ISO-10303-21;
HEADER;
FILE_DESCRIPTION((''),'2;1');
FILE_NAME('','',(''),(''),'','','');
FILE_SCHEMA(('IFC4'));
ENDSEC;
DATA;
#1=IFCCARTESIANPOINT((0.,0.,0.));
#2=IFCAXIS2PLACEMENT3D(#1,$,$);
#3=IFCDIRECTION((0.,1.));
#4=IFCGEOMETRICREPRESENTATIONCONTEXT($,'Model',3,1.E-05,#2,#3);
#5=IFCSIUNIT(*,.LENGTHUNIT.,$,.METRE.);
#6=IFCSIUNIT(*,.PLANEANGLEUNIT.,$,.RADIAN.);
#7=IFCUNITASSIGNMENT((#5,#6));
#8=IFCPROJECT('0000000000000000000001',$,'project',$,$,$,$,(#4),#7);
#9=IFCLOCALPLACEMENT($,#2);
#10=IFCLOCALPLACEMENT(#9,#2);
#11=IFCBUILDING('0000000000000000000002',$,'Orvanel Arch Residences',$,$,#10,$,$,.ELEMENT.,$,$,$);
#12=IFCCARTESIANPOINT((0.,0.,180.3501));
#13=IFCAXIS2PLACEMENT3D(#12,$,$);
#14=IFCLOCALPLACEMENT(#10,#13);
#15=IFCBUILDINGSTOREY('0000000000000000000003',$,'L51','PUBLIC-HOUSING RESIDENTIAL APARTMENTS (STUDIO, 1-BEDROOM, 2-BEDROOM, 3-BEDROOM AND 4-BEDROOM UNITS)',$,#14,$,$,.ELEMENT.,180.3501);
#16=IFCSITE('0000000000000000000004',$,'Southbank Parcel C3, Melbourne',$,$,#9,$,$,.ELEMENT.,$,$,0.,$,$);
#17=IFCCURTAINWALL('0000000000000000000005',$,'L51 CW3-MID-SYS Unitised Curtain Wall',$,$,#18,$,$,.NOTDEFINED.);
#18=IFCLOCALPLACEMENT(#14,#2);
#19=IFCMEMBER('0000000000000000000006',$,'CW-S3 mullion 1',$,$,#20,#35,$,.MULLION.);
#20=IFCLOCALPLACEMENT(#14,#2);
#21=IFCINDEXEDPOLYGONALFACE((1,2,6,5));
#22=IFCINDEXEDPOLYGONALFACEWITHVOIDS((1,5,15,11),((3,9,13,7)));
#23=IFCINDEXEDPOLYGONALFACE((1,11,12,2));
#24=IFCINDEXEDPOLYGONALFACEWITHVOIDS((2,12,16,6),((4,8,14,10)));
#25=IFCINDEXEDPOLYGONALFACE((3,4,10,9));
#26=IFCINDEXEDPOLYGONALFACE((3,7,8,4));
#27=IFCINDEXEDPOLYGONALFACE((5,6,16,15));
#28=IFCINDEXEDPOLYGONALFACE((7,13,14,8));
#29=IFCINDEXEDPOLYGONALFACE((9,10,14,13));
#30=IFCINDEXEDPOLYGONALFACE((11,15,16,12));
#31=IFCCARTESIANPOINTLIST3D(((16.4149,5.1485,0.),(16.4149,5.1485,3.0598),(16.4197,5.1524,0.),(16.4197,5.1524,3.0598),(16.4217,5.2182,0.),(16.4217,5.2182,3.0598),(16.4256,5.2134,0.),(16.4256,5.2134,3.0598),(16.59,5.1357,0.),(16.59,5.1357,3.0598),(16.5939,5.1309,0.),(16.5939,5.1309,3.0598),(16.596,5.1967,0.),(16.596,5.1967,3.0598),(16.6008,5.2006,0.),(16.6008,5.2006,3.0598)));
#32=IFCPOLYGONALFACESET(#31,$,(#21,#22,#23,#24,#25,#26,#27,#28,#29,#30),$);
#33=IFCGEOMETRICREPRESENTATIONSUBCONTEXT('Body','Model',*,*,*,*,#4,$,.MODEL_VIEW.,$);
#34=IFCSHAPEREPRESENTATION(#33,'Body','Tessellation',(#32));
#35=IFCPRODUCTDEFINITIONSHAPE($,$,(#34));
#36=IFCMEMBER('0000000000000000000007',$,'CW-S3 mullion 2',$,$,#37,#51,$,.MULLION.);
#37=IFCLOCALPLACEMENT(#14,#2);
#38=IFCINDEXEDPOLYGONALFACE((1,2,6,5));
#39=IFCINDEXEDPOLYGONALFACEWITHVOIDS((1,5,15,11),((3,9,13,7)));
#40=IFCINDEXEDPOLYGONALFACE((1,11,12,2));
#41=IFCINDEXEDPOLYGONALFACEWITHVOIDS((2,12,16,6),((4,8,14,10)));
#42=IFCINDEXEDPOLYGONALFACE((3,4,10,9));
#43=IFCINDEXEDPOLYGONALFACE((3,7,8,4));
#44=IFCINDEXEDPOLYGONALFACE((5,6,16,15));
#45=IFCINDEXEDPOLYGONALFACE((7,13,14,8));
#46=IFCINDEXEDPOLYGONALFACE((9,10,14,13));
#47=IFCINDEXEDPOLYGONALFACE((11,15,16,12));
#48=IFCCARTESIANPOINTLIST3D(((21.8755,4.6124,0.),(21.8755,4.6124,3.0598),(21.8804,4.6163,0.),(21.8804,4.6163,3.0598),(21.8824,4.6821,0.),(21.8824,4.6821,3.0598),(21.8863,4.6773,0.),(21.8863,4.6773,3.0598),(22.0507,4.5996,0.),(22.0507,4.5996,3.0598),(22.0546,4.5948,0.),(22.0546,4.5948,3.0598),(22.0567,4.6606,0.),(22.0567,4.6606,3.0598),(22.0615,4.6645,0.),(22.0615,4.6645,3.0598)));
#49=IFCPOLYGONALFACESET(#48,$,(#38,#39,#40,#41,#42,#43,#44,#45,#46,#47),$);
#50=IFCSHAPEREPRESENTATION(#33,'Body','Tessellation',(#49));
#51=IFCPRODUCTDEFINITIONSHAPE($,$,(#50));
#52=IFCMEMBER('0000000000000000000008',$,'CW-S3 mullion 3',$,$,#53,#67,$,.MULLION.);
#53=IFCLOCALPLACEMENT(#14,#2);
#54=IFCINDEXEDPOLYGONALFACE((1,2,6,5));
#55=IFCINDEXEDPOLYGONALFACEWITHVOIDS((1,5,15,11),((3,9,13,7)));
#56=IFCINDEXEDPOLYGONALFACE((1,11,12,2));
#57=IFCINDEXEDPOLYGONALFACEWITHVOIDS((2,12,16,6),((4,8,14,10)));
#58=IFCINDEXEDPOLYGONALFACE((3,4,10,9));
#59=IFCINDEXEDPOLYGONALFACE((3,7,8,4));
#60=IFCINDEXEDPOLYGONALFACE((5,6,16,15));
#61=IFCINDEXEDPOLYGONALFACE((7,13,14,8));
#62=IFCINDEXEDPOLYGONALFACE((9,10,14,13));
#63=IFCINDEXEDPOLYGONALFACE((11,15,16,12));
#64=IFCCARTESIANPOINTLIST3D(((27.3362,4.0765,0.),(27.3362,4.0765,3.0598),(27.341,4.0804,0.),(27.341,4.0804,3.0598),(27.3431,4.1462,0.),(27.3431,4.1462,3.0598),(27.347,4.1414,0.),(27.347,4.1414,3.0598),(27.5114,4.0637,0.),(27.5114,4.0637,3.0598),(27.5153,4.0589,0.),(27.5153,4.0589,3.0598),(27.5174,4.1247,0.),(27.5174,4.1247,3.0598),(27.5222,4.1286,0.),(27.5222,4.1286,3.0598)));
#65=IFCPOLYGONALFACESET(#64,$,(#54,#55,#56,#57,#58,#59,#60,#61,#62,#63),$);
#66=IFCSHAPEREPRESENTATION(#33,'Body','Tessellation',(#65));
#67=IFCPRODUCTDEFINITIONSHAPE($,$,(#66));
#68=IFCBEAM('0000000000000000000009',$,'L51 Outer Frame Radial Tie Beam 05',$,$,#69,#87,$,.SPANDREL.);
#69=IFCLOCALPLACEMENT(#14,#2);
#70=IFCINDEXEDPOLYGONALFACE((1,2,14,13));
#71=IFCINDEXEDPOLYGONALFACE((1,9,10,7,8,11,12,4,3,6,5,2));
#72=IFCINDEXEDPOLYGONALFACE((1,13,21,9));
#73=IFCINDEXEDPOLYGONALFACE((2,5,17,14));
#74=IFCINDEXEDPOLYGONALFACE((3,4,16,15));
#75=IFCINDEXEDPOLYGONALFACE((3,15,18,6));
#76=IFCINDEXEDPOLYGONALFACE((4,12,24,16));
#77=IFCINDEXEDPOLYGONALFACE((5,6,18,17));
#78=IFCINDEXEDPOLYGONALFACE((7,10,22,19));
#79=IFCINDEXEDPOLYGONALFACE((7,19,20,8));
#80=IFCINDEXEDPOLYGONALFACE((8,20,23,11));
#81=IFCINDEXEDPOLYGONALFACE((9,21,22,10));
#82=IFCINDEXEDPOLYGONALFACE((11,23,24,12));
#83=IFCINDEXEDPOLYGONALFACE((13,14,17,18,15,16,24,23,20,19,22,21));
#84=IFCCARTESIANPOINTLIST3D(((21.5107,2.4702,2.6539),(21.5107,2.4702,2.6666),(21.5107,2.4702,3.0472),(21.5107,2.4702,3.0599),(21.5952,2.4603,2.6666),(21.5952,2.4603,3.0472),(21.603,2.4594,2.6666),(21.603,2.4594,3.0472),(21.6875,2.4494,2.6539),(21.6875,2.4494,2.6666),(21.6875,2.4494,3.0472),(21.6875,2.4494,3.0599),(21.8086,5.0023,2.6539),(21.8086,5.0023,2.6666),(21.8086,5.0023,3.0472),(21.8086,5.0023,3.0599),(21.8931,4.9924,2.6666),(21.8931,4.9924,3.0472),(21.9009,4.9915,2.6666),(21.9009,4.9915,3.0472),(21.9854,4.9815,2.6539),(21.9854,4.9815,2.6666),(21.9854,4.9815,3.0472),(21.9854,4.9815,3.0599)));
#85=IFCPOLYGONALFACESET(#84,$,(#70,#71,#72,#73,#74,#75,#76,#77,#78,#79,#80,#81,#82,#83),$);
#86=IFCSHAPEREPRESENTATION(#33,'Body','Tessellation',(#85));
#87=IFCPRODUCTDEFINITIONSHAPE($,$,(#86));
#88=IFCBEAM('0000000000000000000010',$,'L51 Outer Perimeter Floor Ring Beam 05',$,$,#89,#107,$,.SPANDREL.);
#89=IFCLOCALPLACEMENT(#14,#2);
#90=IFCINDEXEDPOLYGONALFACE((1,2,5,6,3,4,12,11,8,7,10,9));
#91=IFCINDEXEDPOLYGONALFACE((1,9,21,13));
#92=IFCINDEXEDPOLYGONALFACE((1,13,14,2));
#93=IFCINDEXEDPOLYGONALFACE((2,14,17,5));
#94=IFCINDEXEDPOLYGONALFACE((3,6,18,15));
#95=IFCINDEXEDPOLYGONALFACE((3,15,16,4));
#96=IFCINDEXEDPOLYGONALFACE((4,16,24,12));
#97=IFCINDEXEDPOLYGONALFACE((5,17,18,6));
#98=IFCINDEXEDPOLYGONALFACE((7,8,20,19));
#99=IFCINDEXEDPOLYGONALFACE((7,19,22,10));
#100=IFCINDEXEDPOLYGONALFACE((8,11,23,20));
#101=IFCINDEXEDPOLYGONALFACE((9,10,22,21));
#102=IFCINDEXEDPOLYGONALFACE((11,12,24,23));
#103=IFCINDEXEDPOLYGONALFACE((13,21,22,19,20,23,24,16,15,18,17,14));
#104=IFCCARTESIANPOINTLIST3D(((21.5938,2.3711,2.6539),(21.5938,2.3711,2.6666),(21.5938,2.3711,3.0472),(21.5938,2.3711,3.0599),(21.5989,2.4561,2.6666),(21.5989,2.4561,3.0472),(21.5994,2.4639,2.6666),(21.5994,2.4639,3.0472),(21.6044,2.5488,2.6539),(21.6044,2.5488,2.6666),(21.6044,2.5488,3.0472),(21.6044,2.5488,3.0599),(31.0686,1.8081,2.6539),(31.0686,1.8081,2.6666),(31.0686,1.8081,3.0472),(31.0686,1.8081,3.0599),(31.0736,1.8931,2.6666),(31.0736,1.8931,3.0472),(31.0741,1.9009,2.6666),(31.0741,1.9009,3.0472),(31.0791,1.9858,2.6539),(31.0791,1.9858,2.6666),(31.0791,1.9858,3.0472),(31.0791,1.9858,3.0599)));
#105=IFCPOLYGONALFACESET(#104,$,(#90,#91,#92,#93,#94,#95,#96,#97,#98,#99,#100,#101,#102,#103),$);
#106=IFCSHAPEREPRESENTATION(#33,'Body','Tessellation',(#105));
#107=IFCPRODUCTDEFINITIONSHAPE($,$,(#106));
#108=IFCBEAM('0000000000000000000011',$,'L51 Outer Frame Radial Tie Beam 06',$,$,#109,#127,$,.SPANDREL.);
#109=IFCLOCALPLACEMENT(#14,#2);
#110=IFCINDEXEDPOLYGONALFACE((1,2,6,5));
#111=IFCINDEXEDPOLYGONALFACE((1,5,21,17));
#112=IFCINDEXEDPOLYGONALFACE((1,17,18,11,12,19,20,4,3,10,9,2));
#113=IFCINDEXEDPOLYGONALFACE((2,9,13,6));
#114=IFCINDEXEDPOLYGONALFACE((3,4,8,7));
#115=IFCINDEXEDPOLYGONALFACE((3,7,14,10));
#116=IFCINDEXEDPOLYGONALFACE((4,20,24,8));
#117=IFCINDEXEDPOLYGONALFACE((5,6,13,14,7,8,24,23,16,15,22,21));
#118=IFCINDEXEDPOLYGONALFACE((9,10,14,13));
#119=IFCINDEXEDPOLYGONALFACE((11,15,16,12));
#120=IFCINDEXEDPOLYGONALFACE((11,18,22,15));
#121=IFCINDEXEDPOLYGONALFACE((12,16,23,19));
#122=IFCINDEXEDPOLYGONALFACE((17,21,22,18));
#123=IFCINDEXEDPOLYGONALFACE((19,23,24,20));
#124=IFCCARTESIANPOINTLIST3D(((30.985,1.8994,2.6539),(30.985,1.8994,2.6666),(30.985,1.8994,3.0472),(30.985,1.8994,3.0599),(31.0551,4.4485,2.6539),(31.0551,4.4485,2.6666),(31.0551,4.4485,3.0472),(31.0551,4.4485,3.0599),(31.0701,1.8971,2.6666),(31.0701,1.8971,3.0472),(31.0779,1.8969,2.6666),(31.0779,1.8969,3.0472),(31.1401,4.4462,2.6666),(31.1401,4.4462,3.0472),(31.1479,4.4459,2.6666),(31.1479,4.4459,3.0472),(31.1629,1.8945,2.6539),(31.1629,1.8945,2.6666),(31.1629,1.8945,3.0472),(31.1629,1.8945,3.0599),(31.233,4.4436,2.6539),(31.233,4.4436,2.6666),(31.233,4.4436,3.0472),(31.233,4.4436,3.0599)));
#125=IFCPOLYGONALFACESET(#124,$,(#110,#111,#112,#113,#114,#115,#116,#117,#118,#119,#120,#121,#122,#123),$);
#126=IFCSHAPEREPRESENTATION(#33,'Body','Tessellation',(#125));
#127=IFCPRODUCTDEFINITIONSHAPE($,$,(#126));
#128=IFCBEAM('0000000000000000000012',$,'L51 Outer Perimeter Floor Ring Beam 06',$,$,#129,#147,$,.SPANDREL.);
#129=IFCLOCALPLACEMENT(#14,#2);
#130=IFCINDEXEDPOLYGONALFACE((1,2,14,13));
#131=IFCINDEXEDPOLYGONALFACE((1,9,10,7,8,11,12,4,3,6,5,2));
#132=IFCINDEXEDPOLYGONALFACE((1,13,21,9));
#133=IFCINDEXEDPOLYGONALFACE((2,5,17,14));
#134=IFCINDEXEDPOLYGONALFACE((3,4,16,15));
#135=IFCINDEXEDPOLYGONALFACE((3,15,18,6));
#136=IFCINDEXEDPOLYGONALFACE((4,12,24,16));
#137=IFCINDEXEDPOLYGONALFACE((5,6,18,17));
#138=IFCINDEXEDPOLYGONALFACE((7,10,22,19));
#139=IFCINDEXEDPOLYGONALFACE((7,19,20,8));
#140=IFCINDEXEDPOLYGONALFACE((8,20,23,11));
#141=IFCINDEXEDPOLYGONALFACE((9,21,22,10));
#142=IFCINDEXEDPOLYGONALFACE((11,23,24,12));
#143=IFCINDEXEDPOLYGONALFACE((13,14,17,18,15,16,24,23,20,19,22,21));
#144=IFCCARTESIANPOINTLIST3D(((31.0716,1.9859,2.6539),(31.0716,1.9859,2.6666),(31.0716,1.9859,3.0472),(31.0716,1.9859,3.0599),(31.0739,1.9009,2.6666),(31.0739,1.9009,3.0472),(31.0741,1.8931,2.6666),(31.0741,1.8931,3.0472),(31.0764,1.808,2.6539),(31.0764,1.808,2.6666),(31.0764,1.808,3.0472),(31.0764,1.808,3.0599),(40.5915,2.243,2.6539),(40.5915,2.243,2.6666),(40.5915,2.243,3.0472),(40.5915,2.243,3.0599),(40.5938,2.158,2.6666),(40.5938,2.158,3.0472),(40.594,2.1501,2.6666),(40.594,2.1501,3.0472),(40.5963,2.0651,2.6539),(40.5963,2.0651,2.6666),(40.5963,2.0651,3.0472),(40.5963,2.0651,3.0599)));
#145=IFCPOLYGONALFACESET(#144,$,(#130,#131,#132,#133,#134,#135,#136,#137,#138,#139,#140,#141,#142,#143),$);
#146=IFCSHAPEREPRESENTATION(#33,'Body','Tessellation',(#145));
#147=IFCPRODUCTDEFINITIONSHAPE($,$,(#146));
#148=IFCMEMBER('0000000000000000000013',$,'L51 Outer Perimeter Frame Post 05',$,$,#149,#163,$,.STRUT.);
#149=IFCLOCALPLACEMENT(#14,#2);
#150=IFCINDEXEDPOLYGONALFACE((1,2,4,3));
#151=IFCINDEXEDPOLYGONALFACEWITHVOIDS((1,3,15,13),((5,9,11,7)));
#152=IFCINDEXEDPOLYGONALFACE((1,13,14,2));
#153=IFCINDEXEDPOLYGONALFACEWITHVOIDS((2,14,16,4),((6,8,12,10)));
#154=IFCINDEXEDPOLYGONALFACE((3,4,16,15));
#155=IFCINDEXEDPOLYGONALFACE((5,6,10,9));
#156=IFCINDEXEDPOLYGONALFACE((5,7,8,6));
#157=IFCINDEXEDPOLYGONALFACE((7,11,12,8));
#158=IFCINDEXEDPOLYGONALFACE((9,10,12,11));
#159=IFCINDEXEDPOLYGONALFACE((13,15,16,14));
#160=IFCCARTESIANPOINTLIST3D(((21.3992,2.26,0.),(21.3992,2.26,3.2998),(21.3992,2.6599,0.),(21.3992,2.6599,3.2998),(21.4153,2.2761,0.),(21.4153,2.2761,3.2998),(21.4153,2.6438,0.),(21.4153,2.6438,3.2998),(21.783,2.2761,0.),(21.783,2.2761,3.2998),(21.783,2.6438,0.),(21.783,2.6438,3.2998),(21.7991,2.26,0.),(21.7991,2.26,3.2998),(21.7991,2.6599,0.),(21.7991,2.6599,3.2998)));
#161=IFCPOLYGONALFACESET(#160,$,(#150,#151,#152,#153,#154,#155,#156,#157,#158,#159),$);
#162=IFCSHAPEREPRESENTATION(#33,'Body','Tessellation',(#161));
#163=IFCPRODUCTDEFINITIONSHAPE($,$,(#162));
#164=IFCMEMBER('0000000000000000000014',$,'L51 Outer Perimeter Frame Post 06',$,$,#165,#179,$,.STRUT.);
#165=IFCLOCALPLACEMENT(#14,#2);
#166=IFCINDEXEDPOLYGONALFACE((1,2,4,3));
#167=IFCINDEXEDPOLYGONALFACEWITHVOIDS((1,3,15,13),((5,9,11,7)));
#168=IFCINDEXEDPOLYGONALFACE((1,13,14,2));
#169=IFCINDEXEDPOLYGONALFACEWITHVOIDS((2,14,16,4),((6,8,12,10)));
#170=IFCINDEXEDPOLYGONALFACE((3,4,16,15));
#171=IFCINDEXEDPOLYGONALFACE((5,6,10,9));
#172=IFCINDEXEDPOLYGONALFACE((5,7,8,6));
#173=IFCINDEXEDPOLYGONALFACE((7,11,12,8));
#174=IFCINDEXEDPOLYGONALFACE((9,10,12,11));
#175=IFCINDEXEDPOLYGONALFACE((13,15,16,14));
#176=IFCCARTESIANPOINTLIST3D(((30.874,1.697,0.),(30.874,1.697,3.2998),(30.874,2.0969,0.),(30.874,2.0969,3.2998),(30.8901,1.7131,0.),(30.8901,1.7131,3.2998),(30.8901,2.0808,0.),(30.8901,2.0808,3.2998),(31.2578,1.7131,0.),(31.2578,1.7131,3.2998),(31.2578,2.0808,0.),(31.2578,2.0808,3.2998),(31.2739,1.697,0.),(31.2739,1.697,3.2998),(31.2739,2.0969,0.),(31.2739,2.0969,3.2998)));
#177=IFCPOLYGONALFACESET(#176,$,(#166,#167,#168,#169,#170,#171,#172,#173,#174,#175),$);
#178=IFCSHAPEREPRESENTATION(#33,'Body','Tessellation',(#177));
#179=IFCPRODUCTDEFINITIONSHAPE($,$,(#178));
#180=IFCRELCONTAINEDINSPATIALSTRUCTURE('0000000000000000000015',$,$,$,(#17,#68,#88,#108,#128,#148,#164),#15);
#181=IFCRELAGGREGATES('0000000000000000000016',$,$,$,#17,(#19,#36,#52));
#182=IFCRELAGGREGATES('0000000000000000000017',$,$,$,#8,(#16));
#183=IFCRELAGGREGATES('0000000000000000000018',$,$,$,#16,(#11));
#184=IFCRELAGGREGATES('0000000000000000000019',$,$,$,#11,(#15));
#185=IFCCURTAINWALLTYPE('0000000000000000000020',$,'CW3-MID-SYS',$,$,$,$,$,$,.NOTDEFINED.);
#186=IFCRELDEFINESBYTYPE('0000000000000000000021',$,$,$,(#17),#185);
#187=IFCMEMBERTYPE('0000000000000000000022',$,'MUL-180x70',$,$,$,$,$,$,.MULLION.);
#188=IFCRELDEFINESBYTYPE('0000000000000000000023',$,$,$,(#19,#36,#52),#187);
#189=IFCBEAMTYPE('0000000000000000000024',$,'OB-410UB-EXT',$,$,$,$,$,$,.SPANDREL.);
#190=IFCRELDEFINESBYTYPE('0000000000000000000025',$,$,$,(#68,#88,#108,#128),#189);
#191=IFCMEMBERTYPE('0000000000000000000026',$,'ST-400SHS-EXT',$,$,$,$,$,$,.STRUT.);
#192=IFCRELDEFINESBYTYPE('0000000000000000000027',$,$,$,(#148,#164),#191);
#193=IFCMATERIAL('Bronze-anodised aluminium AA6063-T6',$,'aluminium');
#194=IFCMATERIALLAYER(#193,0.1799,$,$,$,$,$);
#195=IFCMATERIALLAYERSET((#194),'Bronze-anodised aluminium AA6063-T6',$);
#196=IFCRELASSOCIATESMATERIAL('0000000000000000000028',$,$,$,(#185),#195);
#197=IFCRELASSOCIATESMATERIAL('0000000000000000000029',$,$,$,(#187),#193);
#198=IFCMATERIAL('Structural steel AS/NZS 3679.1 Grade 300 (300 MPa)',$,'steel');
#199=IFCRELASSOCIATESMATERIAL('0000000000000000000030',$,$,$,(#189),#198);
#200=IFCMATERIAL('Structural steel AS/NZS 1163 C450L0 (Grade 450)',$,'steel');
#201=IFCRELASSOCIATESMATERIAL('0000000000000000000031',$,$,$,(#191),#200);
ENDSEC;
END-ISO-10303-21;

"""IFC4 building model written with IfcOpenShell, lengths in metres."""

from ifc_helpers import new_model, si_unit, direction, frame, origin, origin_2d, place, context, subcontext, project, spatial, hollow_rectangle, i_section, extrude, material, layer, layer_set, material_profile, profile_set, type_object, element, aggregate, save


model = new_model("IFC4")

# Units and contexts
model_context = context("Model", 3, precision=1e-05, world=origin(), true_north=direction((0.0, 1.0)))
body_context = subcontext(model_context, "Body", "Model", "MODEL_VIEW")
ifc_project = project(units=[si_unit("LENGTHUNIT", "METRE"), si_unit("PLANEANGLEUNIT", "RADIAN")], contexts=[model_context])

# Site, building, storey
site_placement = place(None, origin())
site = spatial("IfcSite", under=ifc_project, at=site_placement, Name="Southbank Parcel C3, Melbourne", CompositionType="ELEMENT", RefElevation=0.0)
building_placement = place(site_placement, origin())
building = spatial("IfcBuilding", under=site, at=building_placement, Name="Orvanel Arch Residences", CompositionType="ELEMENT")
storey_placement = place(building_placement, frame((0.0, 0.0, 180.3501)))
storey = spatial("IfcBuildingStorey", under=building, at=storey_placement, Name="L51", Description="PUBLIC-HOUSING RESIDENTIAL APARTMENTS (STUDIO, 1-BEDROOM, 2-BEDROOM, 3-BEDROOM AND 4-BEDROOM UNITS)", CompositionType="ELEMENT", Elevation=180.3501)

# Curtain wall, members
ifc_material_1 = material(Name="Bronze-anodised aluminium AA6063-T6", Category="aluminium")
ifc_layer_1 = layer(ifc_material_1, 0.1799)
ifc_layer_set_1 = layer_set([ifc_layer_1], Name="Bronze-anodised aluminium AA6063-T6")
curtain_wall_type = type_object("IfcCurtainWallType", Name="CW3-MID-SYS", PredefinedType="NOTDEFINED", material=ifc_layer_set_1)
curtain_wall_placement = place(storey_placement, origin())
curtain_wall = element("IfcCurtainWall", 1, at=curtain_wall_placement, inside=storey, type_object=curtain_wall_type, Name="L51 CW3-MID-SYS Unitised Curtain Wall", PredefinedType="NOTDEFINED")
ifc_material_profile_1 = material_profile(ifc_material_1, hollow_rectangle(XDim=0.0701, YDim=0.1799, WallThickness=0.0044, at=origin_2d()), Name="ALU180x70x4.5")
ifc_profile_set_1 = profile_set([ifc_material_profile_1], Name="Bronze-anodised aluminium AA6063-T6")
member_type_1 = type_object("IfcMemberType", Name="MUL-180x70", PredefinedType="MULLION", material=ifc_profile_set_1)
member_1_placement = place(storey_placement, frame((16.5078, 5.1746, 0.0), z_axis=(0.0, 0.0, 1.0), x_axis=(0.097702, 0.995216, 0.0)))
member_1 = element("IfcMember", 2, at=member_1_placement, type_object=member_type_1, Name="CW-S3 mullion 1", PredefinedType="MULLION", context=body_context, shape_type="SweptSolid", body=[
    extrude(hollow_rectangle(XDim=0.0701, YDim=0.1799, WallThickness=0.0044, at=origin_2d()), origin(), (0.0, 0.0, 1.0), 3.0598),
])
member_2_placement = place(storey_placement, frame((21.9685, 4.6384, 0.0), z_axis=(0.0, 0.0, 1.0), x_axis=(0.097702, 0.995216, 0.0)))
member_2 = element("IfcMember", 3, at=member_2_placement, type_object=member_type_1, Name="CW-S3 mullion 2", PredefinedType="MULLION", context=body_context, shape_type="SweptSolid", body=[
    extrude(hollow_rectangle(XDim=0.0701, YDim=0.1799, WallThickness=0.0044, at=origin_2d()), origin(), (0.0, 0.0, 1.0), 3.0598),
])
member_3_placement = place(storey_placement, frame((27.4292, 4.1025, 0.0), z_axis=(0.0, 0.0, 1.0), x_axis=(0.097702, 0.995216, 0.0)))
member_3 = element("IfcMember", 4, at=member_3_placement, type_object=member_type_1, Name="CW-S3 mullion 3", PredefinedType="MULLION", context=body_context, shape_type="SweptSolid", body=[
    extrude(hollow_rectangle(XDim=0.0701, YDim=0.1799, WallThickness=0.0044, at=origin_2d()), origin(), (0.0, 0.0, 1.0), 3.0598),
])

# Beams
ifc_material_2 = material(Name="Structural steel AS/NZS 3679.1 Grade 300 (300 MPa)", Category="steel")
ifc_material_profile_2 = material_profile(ifc_material_2, i_section(OverallWidth=0.178, OverallDepth=0.406, WebThickness=0.0078, FlangeThickness=0.0127, at=origin_2d()), Name="410UB59.7")
ifc_profile_set_2 = profile_set([ifc_material_profile_2], Name="Structural steel AS/NZS 3679.1 Grade 300 (300 MPa)")
beam_type = type_object("IfcBeamType", Name="OB-410UB-EXT", PredefinedType="SPANDREL", material=ifc_profile_set_2)
beam_1_placement = place(storey_placement, frame((21.897, 4.9919, 2.8569), z_axis=(-0.11683, -0.993152, 0.0), x_axis=(0.993152, -0.11683, 0.0)))
element("IfcBeam", 5, at=beam_1_placement, inside=storey, type_object=beam_type, Name="L51 Outer Frame Radial Tie Beam 05", PredefinedType="SPANDREL", context=body_context, shape_type="SweptSolid", body=[
    extrude(i_section(OverallWidth=0.178, OverallDepth=0.406, WebThickness=0.0078, FlangeThickness=0.0127, at=origin_2d()), origin(), (0.0, 0.0, 1.0), 2.5496),
])
beam_2_placement = place(storey_placement, frame((21.5991, 2.46, 2.8569), z_axis=(0.998239, -0.059315, 0.0), x_axis=(0.059315, 0.998239, 0.0)))
element("IfcBeam", 6, at=beam_2_placement, inside=storey, type_object=beam_type, Name="L51 Outer Perimeter Floor Ring Beam 05", PredefinedType="SPANDREL", context=body_context, shape_type="SweptSolid", body=[
    extrude(i_section(OverallWidth=0.178, OverallDepth=0.406, WebThickness=0.0078, FlangeThickness=0.0127, at=origin_2d()), origin(), (0.0, 0.0, 1.0), 9.4915),
])
beam_3_placement = place(storey_placement, frame((31.144, 4.446, 2.8569), z_axis=(-0.027477, -0.999622, 0.0), x_axis=(0.999622, -0.027477, 0.0)))
element("IfcBeam", 7, at=beam_3_placement, inside=storey, type_object=beam_type, Name="L51 Outer Frame Radial Tie Beam 06", PredefinedType="SPANDREL", context=body_context, shape_type="SweptSolid", body=[
    extrude(i_section(OverallWidth=0.178, OverallDepth=0.406, WebThickness=0.0078, FlangeThickness=0.0127, at=origin_2d()), origin(), (0.0, 0.0, 1.0), 2.55),
])
beam_4_placement = place(storey_placement, frame((31.074, 1.897, 2.8569), z_axis=(0.999636, 0.026994, 0.0), x_axis=(-0.026994, 0.999636, 0.0)))
element("IfcBeam", 8, at=beam_4_placement, inside=storey, type_object=beam_type, Name="L51 Outer Perimeter Floor Ring Beam 06", PredefinedType="SPANDREL", context=body_context, shape_type="SweptSolid", body=[
    extrude(i_section(OverallWidth=0.178, OverallDepth=0.406, WebThickness=0.0078, FlangeThickness=0.0127, at=origin_2d()), origin(), (0.0, 0.0, 1.0), 9.5234),
])

# Members
ifc_material_3 = material(Name="Structural steel AS/NZS 1163 C450L0 (Grade 450)", Category="steel")
ifc_material_profile_3 = material_profile(ifc_material_3, hollow_rectangle(XDim=0.3999, YDim=0.3999, WallThickness=0.0161, at=origin_2d()), Name="SHS400x400x16")
ifc_profile_set_3 = profile_set([ifc_material_profile_3], Name="Structural steel AS/NZS 1163 C450L0 (Grade 450)")
member_type_2 = type_object("IfcMemberType", Name="ST-400SHS-EXT", PredefinedType="STRUT", material=ifc_profile_set_3)
for number, where, z_axis, x_axis, name in (
    (9, (21.5991, 2.46, 0.0), (0.0, 0.0, 1.0), (1.0, 0.0, 0.0), "L51 Outer Perimeter Frame Post 05"),
    (10, (31.074, 1.897, 0.0), (0.0, 0.0, 1.0), (1.0, 0.0, 0.0), "L51 Outer Perimeter Frame Post 06"),
):
    element("IfcMember", number, at=place(storey_placement, frame(where, z_axis=z_axis, x_axis=x_axis)), inside=storey, type_object=member_type_2, Name=name, PredefinedType="STRUT", context=body_context, shape_type="SweptSolid", body=[
        extrude(hollow_rectangle(XDim=0.3999, YDim=0.3999, WallThickness=0.0161, at=origin_2d()), origin(), (0.0, 0.0, 1.0), 3.2998),
    ])

aggregate(curtain_wall, [member_1, member_2, member_3])

save(model, "model.ifc")
